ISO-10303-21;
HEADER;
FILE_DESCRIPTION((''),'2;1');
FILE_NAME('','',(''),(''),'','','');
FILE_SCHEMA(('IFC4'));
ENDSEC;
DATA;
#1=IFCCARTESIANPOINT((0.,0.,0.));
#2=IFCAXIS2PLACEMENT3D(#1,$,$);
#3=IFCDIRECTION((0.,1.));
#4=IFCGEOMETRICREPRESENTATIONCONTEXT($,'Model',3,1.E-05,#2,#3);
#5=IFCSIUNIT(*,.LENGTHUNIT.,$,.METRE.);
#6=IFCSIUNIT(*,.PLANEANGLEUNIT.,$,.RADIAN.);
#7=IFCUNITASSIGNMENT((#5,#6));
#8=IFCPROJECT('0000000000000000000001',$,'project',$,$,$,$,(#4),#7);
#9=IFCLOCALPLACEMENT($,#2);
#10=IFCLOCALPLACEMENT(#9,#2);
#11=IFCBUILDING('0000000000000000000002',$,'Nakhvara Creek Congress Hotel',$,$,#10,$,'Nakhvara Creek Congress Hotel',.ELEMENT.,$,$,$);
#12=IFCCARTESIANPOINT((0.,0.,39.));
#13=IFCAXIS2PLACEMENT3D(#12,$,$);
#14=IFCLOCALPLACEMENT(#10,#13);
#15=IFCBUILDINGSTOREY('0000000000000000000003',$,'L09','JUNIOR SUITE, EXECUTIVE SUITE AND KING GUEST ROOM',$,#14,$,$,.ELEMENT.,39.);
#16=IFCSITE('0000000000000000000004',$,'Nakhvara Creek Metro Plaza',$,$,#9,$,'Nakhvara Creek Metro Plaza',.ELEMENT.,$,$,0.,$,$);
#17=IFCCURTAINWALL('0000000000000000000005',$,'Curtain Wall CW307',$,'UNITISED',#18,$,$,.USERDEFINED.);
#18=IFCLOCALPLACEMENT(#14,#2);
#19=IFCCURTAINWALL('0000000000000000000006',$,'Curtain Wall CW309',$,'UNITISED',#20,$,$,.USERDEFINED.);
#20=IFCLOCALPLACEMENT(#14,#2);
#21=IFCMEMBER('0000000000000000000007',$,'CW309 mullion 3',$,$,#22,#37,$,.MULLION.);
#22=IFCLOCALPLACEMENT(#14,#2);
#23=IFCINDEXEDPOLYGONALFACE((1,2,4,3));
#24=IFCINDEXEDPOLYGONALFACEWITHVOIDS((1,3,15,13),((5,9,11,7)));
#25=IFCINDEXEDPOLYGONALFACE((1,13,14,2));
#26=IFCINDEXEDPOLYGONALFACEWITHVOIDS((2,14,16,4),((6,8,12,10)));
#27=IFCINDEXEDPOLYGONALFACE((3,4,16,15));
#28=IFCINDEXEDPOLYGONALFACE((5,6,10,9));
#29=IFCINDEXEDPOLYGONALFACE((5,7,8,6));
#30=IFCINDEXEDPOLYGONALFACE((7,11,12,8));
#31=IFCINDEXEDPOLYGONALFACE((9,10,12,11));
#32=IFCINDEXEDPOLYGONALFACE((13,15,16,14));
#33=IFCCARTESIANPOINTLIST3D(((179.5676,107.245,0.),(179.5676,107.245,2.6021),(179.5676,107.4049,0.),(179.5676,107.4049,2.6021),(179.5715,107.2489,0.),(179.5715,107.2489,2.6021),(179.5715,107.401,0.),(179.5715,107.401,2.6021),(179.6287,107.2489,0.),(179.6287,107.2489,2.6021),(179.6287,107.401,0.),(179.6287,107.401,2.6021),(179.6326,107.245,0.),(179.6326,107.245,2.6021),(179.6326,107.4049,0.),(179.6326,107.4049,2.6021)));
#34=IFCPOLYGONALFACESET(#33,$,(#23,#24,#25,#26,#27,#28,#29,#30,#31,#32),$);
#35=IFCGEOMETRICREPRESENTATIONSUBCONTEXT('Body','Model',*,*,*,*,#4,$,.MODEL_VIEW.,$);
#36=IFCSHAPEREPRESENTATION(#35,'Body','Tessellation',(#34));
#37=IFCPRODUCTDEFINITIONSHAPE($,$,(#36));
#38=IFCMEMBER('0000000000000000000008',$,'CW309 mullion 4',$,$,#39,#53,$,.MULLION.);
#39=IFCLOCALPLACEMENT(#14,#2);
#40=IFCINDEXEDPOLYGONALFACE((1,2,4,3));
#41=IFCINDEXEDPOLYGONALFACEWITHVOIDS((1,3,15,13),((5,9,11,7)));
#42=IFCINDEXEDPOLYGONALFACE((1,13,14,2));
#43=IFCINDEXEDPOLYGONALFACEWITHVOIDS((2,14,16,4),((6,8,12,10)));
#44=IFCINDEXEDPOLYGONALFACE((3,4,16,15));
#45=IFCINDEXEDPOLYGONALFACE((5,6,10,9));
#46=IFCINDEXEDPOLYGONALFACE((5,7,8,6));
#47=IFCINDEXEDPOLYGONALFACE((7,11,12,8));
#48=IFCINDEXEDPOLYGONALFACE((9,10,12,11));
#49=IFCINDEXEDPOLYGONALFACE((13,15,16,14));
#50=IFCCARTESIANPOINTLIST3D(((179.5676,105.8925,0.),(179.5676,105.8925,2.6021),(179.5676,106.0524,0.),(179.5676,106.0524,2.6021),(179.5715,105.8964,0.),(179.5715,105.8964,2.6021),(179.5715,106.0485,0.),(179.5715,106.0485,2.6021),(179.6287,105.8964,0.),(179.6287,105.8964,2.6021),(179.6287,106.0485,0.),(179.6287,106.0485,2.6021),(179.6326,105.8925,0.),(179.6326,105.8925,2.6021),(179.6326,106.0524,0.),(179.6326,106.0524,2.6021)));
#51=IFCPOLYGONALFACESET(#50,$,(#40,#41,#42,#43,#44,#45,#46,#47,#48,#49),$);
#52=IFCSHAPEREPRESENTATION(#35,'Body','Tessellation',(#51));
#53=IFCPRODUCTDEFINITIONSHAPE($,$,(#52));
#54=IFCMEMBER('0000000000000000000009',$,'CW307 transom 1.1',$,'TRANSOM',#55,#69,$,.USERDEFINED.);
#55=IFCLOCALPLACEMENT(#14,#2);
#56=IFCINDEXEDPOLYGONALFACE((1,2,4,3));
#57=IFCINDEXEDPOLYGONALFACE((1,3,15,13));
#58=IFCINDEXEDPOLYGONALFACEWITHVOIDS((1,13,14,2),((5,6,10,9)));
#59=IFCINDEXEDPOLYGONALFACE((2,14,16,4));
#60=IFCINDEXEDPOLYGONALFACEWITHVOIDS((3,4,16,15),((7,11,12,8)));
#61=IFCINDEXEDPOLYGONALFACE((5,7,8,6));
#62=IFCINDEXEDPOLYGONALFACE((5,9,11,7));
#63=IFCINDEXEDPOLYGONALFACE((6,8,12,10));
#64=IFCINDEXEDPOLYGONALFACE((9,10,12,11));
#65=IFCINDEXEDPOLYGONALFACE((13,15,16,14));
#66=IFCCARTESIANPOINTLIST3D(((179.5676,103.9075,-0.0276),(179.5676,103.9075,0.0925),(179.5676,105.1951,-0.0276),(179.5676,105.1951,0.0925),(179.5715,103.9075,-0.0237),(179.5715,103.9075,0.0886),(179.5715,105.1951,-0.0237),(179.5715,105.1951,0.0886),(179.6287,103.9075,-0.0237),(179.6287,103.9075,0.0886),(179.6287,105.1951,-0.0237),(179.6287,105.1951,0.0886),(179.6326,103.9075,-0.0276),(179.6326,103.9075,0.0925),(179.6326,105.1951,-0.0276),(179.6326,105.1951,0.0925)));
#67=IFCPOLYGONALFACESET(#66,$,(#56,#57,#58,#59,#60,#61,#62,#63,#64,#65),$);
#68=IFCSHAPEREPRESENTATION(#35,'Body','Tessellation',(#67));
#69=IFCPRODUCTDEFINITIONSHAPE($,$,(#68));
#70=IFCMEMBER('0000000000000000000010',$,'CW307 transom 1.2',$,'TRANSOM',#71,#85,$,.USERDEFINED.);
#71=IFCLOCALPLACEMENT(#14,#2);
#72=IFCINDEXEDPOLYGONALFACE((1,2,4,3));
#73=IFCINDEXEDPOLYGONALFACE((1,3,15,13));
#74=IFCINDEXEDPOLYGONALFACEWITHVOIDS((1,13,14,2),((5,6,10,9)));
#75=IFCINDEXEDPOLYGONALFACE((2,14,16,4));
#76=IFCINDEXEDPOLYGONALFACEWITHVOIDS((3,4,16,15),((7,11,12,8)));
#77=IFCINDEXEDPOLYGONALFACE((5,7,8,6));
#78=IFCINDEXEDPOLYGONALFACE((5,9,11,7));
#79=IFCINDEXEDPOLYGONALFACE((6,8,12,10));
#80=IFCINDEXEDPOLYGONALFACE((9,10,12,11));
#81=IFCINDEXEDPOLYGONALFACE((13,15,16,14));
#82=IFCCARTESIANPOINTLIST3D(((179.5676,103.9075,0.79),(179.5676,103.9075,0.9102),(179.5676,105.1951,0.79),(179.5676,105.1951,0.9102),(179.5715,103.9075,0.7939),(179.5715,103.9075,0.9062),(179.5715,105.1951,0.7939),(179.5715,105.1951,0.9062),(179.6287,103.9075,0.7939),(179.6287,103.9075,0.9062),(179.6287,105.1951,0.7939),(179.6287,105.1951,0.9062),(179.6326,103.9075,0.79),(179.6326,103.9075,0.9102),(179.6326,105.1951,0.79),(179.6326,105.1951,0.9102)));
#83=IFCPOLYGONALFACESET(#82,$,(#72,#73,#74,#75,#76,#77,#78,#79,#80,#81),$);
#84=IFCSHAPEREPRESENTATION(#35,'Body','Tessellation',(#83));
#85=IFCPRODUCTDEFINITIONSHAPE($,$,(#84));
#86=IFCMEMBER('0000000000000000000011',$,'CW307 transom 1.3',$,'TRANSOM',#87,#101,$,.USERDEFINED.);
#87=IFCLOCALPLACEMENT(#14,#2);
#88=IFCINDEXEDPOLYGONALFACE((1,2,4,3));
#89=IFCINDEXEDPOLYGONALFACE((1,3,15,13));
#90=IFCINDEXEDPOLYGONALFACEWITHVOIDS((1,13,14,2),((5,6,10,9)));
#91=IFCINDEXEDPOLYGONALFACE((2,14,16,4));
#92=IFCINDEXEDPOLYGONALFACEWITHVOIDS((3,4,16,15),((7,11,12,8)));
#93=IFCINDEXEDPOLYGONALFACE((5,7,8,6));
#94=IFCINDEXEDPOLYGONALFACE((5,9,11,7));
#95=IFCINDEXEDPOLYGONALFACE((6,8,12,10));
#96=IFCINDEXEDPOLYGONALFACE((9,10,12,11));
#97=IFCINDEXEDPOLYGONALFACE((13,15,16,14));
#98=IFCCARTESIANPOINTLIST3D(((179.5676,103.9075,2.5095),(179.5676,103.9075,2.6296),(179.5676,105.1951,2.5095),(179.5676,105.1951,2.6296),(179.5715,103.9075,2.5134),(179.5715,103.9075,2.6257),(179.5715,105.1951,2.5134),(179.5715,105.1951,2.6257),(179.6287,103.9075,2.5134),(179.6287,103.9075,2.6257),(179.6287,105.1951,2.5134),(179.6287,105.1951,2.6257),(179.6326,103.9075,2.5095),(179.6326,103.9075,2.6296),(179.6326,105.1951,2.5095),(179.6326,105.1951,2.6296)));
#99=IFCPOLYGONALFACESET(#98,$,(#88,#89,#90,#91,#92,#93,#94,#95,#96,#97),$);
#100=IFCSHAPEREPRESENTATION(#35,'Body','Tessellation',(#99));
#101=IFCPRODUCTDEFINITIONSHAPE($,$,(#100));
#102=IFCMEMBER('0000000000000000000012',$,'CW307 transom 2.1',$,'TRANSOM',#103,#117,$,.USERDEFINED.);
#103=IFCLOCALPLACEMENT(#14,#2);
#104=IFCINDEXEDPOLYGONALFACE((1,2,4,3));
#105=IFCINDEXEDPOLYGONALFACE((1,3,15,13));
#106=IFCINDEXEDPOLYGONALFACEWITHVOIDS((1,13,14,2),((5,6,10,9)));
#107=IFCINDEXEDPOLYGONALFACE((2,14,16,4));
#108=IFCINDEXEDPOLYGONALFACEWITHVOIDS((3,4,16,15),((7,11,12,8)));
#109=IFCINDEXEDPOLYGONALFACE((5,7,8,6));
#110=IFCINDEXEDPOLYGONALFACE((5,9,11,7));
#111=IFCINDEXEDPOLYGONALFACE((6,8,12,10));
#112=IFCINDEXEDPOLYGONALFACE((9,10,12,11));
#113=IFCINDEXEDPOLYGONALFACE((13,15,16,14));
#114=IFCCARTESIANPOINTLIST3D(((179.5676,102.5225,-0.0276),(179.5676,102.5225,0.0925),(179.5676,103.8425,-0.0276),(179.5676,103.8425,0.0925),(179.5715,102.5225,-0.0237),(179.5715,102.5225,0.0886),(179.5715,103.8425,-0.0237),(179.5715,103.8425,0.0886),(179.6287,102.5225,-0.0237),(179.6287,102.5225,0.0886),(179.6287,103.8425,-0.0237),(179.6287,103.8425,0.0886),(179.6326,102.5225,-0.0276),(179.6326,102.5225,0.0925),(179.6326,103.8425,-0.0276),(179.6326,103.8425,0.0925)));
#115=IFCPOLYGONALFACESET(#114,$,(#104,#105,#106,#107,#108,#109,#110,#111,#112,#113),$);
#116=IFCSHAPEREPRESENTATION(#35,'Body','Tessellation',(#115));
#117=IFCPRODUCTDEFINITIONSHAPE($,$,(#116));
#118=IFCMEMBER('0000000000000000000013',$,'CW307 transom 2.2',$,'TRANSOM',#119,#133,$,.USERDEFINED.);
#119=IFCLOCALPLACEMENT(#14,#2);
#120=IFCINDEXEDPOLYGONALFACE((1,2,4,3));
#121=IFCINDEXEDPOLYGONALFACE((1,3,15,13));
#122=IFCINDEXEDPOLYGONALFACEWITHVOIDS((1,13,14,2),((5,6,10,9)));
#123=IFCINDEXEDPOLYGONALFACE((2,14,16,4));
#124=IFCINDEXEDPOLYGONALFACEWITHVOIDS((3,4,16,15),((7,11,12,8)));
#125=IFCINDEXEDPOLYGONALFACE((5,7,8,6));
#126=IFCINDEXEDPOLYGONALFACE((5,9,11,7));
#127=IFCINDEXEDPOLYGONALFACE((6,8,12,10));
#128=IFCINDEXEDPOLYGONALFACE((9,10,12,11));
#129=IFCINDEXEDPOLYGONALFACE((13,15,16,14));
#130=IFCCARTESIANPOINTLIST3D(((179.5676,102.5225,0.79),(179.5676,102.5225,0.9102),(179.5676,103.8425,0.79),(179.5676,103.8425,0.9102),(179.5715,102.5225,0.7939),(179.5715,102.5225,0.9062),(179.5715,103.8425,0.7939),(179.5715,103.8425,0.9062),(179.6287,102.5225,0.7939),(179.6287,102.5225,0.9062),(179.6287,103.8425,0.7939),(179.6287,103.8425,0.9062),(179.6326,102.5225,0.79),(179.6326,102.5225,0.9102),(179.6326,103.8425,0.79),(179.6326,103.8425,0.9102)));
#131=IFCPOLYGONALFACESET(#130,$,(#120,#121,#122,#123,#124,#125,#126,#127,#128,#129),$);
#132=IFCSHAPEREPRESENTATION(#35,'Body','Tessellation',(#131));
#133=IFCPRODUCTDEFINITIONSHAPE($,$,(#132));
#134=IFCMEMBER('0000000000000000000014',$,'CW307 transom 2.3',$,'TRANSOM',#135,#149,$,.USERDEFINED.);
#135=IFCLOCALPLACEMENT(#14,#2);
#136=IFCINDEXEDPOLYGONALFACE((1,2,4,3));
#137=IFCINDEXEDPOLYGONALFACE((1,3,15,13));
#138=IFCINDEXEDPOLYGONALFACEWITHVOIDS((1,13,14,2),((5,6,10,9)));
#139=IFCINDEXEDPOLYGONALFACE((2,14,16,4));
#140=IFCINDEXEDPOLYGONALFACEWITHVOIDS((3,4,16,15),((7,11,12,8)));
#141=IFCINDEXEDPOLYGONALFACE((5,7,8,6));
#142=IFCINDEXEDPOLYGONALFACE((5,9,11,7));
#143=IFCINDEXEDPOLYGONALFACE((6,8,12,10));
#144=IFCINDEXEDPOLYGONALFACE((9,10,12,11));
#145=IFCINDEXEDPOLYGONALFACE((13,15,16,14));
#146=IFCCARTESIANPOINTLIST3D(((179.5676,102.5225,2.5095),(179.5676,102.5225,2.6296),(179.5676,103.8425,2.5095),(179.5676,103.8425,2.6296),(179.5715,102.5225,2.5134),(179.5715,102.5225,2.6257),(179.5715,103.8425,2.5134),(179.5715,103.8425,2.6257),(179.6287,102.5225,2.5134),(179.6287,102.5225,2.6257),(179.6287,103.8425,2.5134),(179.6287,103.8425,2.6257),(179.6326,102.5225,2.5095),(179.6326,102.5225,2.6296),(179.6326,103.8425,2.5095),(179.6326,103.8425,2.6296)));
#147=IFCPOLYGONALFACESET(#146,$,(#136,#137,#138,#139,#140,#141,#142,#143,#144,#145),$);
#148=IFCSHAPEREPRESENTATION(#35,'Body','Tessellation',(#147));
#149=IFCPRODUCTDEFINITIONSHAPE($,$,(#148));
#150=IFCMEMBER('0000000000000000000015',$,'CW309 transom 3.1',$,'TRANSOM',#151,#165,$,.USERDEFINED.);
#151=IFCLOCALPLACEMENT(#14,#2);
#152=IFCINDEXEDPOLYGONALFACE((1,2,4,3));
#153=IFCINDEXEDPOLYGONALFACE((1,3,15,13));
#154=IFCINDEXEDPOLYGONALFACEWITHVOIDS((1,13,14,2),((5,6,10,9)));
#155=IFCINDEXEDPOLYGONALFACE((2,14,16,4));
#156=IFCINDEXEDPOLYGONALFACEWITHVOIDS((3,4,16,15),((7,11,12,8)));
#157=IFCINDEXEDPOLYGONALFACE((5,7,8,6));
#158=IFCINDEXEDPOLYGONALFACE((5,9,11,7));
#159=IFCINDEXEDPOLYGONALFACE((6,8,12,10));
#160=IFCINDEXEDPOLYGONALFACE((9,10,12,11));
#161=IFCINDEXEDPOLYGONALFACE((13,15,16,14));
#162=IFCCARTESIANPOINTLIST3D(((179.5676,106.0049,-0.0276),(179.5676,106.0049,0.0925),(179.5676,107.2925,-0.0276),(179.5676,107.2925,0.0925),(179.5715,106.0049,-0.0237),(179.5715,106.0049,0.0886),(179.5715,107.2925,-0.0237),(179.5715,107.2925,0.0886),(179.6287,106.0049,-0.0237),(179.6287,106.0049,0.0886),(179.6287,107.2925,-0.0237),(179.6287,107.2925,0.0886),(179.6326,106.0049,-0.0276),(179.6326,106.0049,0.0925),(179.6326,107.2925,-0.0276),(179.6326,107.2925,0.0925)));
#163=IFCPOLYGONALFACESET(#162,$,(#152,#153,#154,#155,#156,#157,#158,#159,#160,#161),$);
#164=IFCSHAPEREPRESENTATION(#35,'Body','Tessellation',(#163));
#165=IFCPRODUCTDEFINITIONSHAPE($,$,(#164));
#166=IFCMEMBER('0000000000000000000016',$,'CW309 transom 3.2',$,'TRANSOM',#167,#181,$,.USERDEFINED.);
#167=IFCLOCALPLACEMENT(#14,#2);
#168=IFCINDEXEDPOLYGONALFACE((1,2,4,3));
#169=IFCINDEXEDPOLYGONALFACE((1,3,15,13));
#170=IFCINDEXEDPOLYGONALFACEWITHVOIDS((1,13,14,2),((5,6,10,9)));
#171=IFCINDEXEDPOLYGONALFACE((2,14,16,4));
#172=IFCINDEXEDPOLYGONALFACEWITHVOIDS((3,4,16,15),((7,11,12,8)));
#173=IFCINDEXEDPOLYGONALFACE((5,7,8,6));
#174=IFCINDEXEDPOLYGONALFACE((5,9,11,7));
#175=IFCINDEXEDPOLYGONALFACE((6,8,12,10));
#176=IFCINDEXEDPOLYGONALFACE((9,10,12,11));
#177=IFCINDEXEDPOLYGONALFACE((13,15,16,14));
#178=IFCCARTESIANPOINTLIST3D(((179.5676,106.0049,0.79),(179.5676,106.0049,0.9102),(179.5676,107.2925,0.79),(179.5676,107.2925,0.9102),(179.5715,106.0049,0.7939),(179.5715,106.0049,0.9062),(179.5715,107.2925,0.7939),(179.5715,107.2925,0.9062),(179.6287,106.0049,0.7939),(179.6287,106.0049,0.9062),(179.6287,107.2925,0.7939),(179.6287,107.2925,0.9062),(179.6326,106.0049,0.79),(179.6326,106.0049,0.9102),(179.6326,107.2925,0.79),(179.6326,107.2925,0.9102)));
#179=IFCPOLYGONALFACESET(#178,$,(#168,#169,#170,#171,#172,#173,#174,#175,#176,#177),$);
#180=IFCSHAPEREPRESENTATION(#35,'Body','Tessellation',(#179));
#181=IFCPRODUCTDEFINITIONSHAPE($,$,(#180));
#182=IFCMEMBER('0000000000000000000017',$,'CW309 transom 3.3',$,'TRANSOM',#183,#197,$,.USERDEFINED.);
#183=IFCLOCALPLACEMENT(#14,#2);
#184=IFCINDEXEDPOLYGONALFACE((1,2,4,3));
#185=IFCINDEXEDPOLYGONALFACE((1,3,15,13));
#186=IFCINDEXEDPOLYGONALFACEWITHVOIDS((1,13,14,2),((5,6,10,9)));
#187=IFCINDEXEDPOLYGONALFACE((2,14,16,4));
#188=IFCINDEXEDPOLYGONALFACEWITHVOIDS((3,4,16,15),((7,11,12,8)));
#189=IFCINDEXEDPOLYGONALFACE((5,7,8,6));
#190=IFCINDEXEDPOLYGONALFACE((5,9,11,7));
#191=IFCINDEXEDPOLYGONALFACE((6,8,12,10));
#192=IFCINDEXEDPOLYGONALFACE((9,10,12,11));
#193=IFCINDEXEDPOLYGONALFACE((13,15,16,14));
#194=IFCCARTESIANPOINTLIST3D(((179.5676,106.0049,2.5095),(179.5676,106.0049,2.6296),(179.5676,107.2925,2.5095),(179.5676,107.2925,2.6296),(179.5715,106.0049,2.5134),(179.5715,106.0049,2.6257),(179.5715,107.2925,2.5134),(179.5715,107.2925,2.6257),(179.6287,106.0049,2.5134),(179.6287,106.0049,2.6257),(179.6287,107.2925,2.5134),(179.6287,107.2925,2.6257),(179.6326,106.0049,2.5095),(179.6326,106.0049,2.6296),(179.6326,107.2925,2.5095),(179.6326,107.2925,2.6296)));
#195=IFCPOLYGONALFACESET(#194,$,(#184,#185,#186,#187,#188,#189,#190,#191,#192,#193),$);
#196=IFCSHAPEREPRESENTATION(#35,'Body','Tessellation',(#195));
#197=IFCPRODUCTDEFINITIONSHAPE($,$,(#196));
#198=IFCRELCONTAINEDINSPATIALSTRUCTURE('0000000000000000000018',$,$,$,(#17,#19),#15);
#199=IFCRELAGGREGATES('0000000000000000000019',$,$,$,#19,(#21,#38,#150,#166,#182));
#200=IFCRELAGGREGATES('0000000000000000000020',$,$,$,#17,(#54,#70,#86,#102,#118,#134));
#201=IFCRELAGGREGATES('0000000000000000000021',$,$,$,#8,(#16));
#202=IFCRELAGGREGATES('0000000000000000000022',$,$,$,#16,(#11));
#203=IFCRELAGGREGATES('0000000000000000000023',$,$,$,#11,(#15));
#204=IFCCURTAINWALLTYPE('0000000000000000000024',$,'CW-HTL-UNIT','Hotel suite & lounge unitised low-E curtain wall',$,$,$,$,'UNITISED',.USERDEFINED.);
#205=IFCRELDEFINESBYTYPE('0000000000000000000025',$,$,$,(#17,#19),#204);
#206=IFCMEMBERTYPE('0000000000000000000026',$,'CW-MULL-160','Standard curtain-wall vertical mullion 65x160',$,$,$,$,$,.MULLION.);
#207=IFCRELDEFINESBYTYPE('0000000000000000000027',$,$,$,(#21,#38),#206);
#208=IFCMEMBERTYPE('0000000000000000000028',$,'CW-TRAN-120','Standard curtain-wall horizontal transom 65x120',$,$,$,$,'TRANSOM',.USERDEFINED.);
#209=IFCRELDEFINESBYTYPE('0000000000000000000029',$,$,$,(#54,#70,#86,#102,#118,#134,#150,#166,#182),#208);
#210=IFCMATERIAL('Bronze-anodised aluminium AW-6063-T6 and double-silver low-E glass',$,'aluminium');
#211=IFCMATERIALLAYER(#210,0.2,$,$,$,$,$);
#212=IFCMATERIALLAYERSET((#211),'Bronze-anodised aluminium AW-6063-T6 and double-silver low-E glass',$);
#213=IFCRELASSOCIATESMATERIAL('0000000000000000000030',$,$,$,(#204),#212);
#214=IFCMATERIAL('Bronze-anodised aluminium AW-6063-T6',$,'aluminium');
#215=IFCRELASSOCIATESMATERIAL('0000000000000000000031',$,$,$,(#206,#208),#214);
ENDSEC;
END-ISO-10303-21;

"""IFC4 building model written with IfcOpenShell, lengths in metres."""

from ifc_helpers import new_model, si_unit, direction, frame, origin, origin_2d, place, context, subcontext, project, spatial, hollow_rectangle, extrude, material, layer, layer_set, material_profile, profile_set, type_object, element, aggregate, save


model = new_model("IFC4")

# Units and contexts
model_context = context("Model", 3, precision=1e-05, world=origin(), true_north=direction((0.0, 1.0)))
body_context = subcontext(model_context, "Body", "Model", "MODEL_VIEW")
ifc_project = project(units=[si_unit("LENGTHUNIT", "METRE"), si_unit("PLANEANGLEUNIT", "RADIAN")], contexts=[model_context])

# Site, building, storey
site_placement = place(None, origin())
site = spatial("IfcSite", under=ifc_project, at=site_placement, Name="Nakhvara Creek Metro Plaza", LongName="Nakhvara Creek Metro Plaza", CompositionType="ELEMENT", RefElevation=0.0)
building_placement = place(site_placement, origin())
building = spatial("IfcBuilding", under=site, at=building_placement, Name="Nakhvara Creek Congress Hotel", LongName="Nakhvara Creek Congress Hotel", CompositionType="ELEMENT")
storey_placement = place(building_placement, frame((0.0, 0.0, 39.0)))
storey = spatial("IfcBuildingStorey", under=building, at=storey_placement, Name="L09", Description="JUNIOR SUITE, EXECUTIVE SUITE AND KING GUEST ROOM", CompositionType="ELEMENT", Elevation=39.0)

# Curtain walls, members
ifc_material_1 = material(Name="Bronze-anodised aluminium AW-6063-T6 and double-silver low-E glass", Category="aluminium")
ifc_layer_1 = layer(ifc_material_1, 0.2)
ifc_layer_set_1 = layer_set([ifc_layer_1], Name="Bronze-anodised aluminium AW-6063-T6 and double-silver low-E glass")
curtain_wall_type = type_object("IfcCurtainWallType", Name="CW-HTL-UNIT", Description="Hotel suite & lounge unitised low-E curtain wall", ElementType="UNITISED", PredefinedType="USERDEFINED", material=ifc_layer_set_1)
curtain_wall_1_placement = place(storey_placement, origin())
curtain_wall_1 = element("IfcCurtainWall", 1, at=curtain_wall_1_placement, inside=storey, type_object=curtain_wall_type, Name="Curtain Wall CW307", ObjectType="UNITISED", PredefinedType="USERDEFINED")
ifc_material_2 = material(Name="Bronze-anodised aluminium AW-6063-T6", Category="aluminium")
ifc_material_profile_1 = material_profile(ifc_material_2, hollow_rectangle(XDim=0.0649, YDim=0.1599, WallThickness=0.0039, at=origin_2d()), Name="ALU-MULL 65x160x4", Category="LoadBearing")
ifc_profile_set_1 = profile_set([ifc_material_profile_1], Name="Bronze-anodised aluminium AW-6063-T6")
member_type_1 = type_object("IfcMemberType", Name="CW-MULL-160", Description="Standard curtain-wall vertical mullion 65x160", PredefinedType="MULLION", material=ifc_profile_set_1)
curtain_wall_2_placement = place(storey_placement, origin())
curtain_wall_2 = element("IfcCurtainWall", 2, at=curtain_wall_2_placement, inside=storey, type_object=curtain_wall_type, Name="Curtain Wall CW309", ObjectType="UNITISED", PredefinedType="USERDEFINED")
member_1_placement = place(storey_placement, frame((179.6001, 107.325, 0.0), z_axis=(0.0, 0.0, 1.0), x_axis=(1.0, 0.0, 0.0)))
member_1 = element("IfcMember", 3, at=member_1_placement, type_object=member_type_1, Name="CW309 mullion 3", PredefinedType="MULLION", context=body_context, shape_type="SweptSolid", body=[
    extrude(hollow_rectangle(XDim=0.0649, YDim=0.1599, WallThickness=0.0039, at=origin_2d()), origin(), (0.0, 0.0, 1.0), 2.6021),
])
member_2_placement = place(storey_placement, frame((179.6001, 105.9724, 0.0), z_axis=(0.0, 0.0, 1.0), x_axis=(1.0, 0.0, 0.0)))
member_2 = element("IfcMember", 4, at=member_2_placement, type_object=member_type_1, Name="CW309 mullion 4", PredefinedType="MULLION", context=body_context, shape_type="SweptSolid", body=[
    extrude(hollow_rectangle(XDim=0.0649, YDim=0.1599, WallThickness=0.0039, at=origin_2d()), origin(), (0.0, 0.0, 1.0), 2.6021),
])

# Members
ifc_material_profile_2 = material_profile(ifc_material_2, hollow_rectangle(XDim=0.0649, YDim=0.1201, WallThickness=0.0039, at=origin_2d()), Name="ALU-TRAN 65x120x4", Category="LoadBearing")
ifc_profile_set_2 = profile_set([ifc_material_profile_2], Name="Bronze-anodised aluminium AW-6063-T6")
member_type_2 = type_object("IfcMemberType", Name="CW-TRAN-120", Description="Standard curtain-wall horizontal transom 65x120", ElementType="TRANSOM", PredefinedType="USERDEFINED", material=ifc_profile_set_2)
member_3_placement = place(storey_placement, frame((179.6001, 105.1951, 0.0325), z_axis=(0.0, -1.0, 0.0), x_axis=(1.0, 0.0, 0.0)))
member_3 = element("IfcMember", 5, at=member_3_placement, type_object=member_type_2, Name="CW307 transom 1.1", ObjectType="TRANSOM", PredefinedType="USERDEFINED", context=body_context, shape_type="SweptSolid", body=[
    extrude(hollow_rectangle(XDim=0.0649, YDim=0.1201, WallThickness=0.0039, at=origin_2d()), origin(), (0.0, 0.0, 1.0), 1.2876),
])
member_4_placement = place(storey_placement, frame((179.6001, 105.1951, 0.8501), z_axis=(0.0, -1.0, 0.0), x_axis=(1.0, 0.0, 0.0)))
member_4 = element("IfcMember", 6, at=member_4_placement, type_object=member_type_2, Name="CW307 transom 1.2", ObjectType="TRANSOM", PredefinedType="USERDEFINED", context=body_context, shape_type="SweptSolid", body=[
    extrude(hollow_rectangle(XDim=0.0649, YDim=0.1201, WallThickness=0.0039, at=origin_2d()), origin(), (0.0, 0.0, 1.0), 1.2876),
])
member_5_placement = place(storey_placement, frame((179.6001, 105.1951, 2.5696), z_axis=(0.0, -1.0, 0.0), x_axis=(1.0, 0.0, 0.0)))
member_5 = element("IfcMember", 7, at=member_5_placement, type_object=member_type_2, Name="CW307 transom 1.3", ObjectType="TRANSOM", PredefinedType="USERDEFINED", context=body_context, shape_type="SweptSolid", body=[
    extrude(hollow_rectangle(XDim=0.0649, YDim=0.1201, WallThickness=0.0039, at=origin_2d()), origin(), (0.0, 0.0, 1.0), 1.2876),
])
member_6_placement = place(storey_placement, frame((179.6001, 103.8425, 0.0325), z_axis=(0.0, -1.0, 0.0), x_axis=(1.0, 0.0, 0.0)))
member_6 = element("IfcMember", 8, at=member_6_placement, type_object=member_type_2, Name="CW307 transom 2.1", ObjectType="TRANSOM", PredefinedType="USERDEFINED", context=body_context, shape_type="SweptSolid", body=[
    extrude(hollow_rectangle(XDim=0.0649, YDim=0.1201, WallThickness=0.0039, at=origin_2d()), origin(), (0.0, 0.0, 1.0), 1.3201),
])
member_7_placement = place(storey_placement, frame((179.6001, 103.8425, 0.8501), z_axis=(0.0, -1.0, 0.0), x_axis=(1.0, 0.0, 0.0)))
member_7 = element("IfcMember", 9, at=member_7_placement, type_object=member_type_2, Name="CW307 transom 2.2", ObjectType="TRANSOM", PredefinedType="USERDEFINED", context=body_context, shape_type="SweptSolid", body=[
    extrude(hollow_rectangle(XDim=0.0649, YDim=0.1201, WallThickness=0.0039, at=origin_2d()), origin(), (0.0, 0.0, 1.0), 1.3201),
])
member_8_placement = place(storey_placement, frame((179.6001, 103.8425, 2.5696), z_axis=(0.0, -1.0, 0.0), x_axis=(1.0, 0.0, 0.0)))
member_8 = element("IfcMember", 10, at=member_8_placement, type_object=member_type_2, Name="CW307 transom 2.3", ObjectType="TRANSOM", PredefinedType="USERDEFINED", context=body_context, shape_type="SweptSolid", body=[
    extrude(hollow_rectangle(XDim=0.0649, YDim=0.1201, WallThickness=0.0039, at=origin_2d()), origin(), (0.0, 0.0, 1.0), 1.3201),
])
member_9_placement = place(storey_placement, frame((179.6001, 107.2925, 0.0325), z_axis=(0.0, -1.0, 0.0), x_axis=(1.0, 0.0, 0.0)))
member_9 = element("IfcMember", 11, at=member_9_placement, type_object=member_type_2, Name="CW309 transom 3.1", ObjectType="TRANSOM", PredefinedType="USERDEFINED", context=body_context, shape_type="SweptSolid", body=[
    extrude(hollow_rectangle(XDim=0.0649, YDim=0.1201, WallThickness=0.0039, at=origin_2d()), origin(), (0.0, 0.0, 1.0), 1.2876),
])
member_10_placement = place(storey_placement, frame((179.6001, 107.2925, 0.8501), z_axis=(0.0, -1.0, 0.0), x_axis=(1.0, 0.0, 0.0)))
member_10 = element("IfcMember", 12, at=member_10_placement, type_object=member_type_2, Name="CW309 transom 3.2", ObjectType="TRANSOM", PredefinedType="USERDEFINED", context=body_context, shape_type="SweptSolid", body=[
    extrude(hollow_rectangle(XDim=0.0649, YDim=0.1201, WallThickness=0.0039, at=origin_2d()), origin(), (0.0, 0.0, 1.0), 1.2876),
])
member_11_placement = place(storey_placement, frame((179.6001, 107.2925, 2.5696), z_axis=(0.0, -1.0, 0.0), x_axis=(1.0, 0.0, 0.0)))
member_11 = element("IfcMember", 13, at=member_11_placement, type_object=member_type_2, Name="CW309 transom 3.3", ObjectType="TRANSOM", PredefinedType="USERDEFINED", context=body_context, shape_type="SweptSolid", body=[
    extrude(hollow_rectangle(XDim=0.0649, YDim=0.1201, WallThickness=0.0039, at=origin_2d()), origin(), (0.0, 0.0, 1.0), 1.2876),
])

aggregate(curtain_wall_2, [member_1, member_2, member_9, member_10, member_11])
aggregate(curtain_wall_1, [member_3, member_4, member_5, member_6, member_7, member_8])

save(model, "model.ifc")
